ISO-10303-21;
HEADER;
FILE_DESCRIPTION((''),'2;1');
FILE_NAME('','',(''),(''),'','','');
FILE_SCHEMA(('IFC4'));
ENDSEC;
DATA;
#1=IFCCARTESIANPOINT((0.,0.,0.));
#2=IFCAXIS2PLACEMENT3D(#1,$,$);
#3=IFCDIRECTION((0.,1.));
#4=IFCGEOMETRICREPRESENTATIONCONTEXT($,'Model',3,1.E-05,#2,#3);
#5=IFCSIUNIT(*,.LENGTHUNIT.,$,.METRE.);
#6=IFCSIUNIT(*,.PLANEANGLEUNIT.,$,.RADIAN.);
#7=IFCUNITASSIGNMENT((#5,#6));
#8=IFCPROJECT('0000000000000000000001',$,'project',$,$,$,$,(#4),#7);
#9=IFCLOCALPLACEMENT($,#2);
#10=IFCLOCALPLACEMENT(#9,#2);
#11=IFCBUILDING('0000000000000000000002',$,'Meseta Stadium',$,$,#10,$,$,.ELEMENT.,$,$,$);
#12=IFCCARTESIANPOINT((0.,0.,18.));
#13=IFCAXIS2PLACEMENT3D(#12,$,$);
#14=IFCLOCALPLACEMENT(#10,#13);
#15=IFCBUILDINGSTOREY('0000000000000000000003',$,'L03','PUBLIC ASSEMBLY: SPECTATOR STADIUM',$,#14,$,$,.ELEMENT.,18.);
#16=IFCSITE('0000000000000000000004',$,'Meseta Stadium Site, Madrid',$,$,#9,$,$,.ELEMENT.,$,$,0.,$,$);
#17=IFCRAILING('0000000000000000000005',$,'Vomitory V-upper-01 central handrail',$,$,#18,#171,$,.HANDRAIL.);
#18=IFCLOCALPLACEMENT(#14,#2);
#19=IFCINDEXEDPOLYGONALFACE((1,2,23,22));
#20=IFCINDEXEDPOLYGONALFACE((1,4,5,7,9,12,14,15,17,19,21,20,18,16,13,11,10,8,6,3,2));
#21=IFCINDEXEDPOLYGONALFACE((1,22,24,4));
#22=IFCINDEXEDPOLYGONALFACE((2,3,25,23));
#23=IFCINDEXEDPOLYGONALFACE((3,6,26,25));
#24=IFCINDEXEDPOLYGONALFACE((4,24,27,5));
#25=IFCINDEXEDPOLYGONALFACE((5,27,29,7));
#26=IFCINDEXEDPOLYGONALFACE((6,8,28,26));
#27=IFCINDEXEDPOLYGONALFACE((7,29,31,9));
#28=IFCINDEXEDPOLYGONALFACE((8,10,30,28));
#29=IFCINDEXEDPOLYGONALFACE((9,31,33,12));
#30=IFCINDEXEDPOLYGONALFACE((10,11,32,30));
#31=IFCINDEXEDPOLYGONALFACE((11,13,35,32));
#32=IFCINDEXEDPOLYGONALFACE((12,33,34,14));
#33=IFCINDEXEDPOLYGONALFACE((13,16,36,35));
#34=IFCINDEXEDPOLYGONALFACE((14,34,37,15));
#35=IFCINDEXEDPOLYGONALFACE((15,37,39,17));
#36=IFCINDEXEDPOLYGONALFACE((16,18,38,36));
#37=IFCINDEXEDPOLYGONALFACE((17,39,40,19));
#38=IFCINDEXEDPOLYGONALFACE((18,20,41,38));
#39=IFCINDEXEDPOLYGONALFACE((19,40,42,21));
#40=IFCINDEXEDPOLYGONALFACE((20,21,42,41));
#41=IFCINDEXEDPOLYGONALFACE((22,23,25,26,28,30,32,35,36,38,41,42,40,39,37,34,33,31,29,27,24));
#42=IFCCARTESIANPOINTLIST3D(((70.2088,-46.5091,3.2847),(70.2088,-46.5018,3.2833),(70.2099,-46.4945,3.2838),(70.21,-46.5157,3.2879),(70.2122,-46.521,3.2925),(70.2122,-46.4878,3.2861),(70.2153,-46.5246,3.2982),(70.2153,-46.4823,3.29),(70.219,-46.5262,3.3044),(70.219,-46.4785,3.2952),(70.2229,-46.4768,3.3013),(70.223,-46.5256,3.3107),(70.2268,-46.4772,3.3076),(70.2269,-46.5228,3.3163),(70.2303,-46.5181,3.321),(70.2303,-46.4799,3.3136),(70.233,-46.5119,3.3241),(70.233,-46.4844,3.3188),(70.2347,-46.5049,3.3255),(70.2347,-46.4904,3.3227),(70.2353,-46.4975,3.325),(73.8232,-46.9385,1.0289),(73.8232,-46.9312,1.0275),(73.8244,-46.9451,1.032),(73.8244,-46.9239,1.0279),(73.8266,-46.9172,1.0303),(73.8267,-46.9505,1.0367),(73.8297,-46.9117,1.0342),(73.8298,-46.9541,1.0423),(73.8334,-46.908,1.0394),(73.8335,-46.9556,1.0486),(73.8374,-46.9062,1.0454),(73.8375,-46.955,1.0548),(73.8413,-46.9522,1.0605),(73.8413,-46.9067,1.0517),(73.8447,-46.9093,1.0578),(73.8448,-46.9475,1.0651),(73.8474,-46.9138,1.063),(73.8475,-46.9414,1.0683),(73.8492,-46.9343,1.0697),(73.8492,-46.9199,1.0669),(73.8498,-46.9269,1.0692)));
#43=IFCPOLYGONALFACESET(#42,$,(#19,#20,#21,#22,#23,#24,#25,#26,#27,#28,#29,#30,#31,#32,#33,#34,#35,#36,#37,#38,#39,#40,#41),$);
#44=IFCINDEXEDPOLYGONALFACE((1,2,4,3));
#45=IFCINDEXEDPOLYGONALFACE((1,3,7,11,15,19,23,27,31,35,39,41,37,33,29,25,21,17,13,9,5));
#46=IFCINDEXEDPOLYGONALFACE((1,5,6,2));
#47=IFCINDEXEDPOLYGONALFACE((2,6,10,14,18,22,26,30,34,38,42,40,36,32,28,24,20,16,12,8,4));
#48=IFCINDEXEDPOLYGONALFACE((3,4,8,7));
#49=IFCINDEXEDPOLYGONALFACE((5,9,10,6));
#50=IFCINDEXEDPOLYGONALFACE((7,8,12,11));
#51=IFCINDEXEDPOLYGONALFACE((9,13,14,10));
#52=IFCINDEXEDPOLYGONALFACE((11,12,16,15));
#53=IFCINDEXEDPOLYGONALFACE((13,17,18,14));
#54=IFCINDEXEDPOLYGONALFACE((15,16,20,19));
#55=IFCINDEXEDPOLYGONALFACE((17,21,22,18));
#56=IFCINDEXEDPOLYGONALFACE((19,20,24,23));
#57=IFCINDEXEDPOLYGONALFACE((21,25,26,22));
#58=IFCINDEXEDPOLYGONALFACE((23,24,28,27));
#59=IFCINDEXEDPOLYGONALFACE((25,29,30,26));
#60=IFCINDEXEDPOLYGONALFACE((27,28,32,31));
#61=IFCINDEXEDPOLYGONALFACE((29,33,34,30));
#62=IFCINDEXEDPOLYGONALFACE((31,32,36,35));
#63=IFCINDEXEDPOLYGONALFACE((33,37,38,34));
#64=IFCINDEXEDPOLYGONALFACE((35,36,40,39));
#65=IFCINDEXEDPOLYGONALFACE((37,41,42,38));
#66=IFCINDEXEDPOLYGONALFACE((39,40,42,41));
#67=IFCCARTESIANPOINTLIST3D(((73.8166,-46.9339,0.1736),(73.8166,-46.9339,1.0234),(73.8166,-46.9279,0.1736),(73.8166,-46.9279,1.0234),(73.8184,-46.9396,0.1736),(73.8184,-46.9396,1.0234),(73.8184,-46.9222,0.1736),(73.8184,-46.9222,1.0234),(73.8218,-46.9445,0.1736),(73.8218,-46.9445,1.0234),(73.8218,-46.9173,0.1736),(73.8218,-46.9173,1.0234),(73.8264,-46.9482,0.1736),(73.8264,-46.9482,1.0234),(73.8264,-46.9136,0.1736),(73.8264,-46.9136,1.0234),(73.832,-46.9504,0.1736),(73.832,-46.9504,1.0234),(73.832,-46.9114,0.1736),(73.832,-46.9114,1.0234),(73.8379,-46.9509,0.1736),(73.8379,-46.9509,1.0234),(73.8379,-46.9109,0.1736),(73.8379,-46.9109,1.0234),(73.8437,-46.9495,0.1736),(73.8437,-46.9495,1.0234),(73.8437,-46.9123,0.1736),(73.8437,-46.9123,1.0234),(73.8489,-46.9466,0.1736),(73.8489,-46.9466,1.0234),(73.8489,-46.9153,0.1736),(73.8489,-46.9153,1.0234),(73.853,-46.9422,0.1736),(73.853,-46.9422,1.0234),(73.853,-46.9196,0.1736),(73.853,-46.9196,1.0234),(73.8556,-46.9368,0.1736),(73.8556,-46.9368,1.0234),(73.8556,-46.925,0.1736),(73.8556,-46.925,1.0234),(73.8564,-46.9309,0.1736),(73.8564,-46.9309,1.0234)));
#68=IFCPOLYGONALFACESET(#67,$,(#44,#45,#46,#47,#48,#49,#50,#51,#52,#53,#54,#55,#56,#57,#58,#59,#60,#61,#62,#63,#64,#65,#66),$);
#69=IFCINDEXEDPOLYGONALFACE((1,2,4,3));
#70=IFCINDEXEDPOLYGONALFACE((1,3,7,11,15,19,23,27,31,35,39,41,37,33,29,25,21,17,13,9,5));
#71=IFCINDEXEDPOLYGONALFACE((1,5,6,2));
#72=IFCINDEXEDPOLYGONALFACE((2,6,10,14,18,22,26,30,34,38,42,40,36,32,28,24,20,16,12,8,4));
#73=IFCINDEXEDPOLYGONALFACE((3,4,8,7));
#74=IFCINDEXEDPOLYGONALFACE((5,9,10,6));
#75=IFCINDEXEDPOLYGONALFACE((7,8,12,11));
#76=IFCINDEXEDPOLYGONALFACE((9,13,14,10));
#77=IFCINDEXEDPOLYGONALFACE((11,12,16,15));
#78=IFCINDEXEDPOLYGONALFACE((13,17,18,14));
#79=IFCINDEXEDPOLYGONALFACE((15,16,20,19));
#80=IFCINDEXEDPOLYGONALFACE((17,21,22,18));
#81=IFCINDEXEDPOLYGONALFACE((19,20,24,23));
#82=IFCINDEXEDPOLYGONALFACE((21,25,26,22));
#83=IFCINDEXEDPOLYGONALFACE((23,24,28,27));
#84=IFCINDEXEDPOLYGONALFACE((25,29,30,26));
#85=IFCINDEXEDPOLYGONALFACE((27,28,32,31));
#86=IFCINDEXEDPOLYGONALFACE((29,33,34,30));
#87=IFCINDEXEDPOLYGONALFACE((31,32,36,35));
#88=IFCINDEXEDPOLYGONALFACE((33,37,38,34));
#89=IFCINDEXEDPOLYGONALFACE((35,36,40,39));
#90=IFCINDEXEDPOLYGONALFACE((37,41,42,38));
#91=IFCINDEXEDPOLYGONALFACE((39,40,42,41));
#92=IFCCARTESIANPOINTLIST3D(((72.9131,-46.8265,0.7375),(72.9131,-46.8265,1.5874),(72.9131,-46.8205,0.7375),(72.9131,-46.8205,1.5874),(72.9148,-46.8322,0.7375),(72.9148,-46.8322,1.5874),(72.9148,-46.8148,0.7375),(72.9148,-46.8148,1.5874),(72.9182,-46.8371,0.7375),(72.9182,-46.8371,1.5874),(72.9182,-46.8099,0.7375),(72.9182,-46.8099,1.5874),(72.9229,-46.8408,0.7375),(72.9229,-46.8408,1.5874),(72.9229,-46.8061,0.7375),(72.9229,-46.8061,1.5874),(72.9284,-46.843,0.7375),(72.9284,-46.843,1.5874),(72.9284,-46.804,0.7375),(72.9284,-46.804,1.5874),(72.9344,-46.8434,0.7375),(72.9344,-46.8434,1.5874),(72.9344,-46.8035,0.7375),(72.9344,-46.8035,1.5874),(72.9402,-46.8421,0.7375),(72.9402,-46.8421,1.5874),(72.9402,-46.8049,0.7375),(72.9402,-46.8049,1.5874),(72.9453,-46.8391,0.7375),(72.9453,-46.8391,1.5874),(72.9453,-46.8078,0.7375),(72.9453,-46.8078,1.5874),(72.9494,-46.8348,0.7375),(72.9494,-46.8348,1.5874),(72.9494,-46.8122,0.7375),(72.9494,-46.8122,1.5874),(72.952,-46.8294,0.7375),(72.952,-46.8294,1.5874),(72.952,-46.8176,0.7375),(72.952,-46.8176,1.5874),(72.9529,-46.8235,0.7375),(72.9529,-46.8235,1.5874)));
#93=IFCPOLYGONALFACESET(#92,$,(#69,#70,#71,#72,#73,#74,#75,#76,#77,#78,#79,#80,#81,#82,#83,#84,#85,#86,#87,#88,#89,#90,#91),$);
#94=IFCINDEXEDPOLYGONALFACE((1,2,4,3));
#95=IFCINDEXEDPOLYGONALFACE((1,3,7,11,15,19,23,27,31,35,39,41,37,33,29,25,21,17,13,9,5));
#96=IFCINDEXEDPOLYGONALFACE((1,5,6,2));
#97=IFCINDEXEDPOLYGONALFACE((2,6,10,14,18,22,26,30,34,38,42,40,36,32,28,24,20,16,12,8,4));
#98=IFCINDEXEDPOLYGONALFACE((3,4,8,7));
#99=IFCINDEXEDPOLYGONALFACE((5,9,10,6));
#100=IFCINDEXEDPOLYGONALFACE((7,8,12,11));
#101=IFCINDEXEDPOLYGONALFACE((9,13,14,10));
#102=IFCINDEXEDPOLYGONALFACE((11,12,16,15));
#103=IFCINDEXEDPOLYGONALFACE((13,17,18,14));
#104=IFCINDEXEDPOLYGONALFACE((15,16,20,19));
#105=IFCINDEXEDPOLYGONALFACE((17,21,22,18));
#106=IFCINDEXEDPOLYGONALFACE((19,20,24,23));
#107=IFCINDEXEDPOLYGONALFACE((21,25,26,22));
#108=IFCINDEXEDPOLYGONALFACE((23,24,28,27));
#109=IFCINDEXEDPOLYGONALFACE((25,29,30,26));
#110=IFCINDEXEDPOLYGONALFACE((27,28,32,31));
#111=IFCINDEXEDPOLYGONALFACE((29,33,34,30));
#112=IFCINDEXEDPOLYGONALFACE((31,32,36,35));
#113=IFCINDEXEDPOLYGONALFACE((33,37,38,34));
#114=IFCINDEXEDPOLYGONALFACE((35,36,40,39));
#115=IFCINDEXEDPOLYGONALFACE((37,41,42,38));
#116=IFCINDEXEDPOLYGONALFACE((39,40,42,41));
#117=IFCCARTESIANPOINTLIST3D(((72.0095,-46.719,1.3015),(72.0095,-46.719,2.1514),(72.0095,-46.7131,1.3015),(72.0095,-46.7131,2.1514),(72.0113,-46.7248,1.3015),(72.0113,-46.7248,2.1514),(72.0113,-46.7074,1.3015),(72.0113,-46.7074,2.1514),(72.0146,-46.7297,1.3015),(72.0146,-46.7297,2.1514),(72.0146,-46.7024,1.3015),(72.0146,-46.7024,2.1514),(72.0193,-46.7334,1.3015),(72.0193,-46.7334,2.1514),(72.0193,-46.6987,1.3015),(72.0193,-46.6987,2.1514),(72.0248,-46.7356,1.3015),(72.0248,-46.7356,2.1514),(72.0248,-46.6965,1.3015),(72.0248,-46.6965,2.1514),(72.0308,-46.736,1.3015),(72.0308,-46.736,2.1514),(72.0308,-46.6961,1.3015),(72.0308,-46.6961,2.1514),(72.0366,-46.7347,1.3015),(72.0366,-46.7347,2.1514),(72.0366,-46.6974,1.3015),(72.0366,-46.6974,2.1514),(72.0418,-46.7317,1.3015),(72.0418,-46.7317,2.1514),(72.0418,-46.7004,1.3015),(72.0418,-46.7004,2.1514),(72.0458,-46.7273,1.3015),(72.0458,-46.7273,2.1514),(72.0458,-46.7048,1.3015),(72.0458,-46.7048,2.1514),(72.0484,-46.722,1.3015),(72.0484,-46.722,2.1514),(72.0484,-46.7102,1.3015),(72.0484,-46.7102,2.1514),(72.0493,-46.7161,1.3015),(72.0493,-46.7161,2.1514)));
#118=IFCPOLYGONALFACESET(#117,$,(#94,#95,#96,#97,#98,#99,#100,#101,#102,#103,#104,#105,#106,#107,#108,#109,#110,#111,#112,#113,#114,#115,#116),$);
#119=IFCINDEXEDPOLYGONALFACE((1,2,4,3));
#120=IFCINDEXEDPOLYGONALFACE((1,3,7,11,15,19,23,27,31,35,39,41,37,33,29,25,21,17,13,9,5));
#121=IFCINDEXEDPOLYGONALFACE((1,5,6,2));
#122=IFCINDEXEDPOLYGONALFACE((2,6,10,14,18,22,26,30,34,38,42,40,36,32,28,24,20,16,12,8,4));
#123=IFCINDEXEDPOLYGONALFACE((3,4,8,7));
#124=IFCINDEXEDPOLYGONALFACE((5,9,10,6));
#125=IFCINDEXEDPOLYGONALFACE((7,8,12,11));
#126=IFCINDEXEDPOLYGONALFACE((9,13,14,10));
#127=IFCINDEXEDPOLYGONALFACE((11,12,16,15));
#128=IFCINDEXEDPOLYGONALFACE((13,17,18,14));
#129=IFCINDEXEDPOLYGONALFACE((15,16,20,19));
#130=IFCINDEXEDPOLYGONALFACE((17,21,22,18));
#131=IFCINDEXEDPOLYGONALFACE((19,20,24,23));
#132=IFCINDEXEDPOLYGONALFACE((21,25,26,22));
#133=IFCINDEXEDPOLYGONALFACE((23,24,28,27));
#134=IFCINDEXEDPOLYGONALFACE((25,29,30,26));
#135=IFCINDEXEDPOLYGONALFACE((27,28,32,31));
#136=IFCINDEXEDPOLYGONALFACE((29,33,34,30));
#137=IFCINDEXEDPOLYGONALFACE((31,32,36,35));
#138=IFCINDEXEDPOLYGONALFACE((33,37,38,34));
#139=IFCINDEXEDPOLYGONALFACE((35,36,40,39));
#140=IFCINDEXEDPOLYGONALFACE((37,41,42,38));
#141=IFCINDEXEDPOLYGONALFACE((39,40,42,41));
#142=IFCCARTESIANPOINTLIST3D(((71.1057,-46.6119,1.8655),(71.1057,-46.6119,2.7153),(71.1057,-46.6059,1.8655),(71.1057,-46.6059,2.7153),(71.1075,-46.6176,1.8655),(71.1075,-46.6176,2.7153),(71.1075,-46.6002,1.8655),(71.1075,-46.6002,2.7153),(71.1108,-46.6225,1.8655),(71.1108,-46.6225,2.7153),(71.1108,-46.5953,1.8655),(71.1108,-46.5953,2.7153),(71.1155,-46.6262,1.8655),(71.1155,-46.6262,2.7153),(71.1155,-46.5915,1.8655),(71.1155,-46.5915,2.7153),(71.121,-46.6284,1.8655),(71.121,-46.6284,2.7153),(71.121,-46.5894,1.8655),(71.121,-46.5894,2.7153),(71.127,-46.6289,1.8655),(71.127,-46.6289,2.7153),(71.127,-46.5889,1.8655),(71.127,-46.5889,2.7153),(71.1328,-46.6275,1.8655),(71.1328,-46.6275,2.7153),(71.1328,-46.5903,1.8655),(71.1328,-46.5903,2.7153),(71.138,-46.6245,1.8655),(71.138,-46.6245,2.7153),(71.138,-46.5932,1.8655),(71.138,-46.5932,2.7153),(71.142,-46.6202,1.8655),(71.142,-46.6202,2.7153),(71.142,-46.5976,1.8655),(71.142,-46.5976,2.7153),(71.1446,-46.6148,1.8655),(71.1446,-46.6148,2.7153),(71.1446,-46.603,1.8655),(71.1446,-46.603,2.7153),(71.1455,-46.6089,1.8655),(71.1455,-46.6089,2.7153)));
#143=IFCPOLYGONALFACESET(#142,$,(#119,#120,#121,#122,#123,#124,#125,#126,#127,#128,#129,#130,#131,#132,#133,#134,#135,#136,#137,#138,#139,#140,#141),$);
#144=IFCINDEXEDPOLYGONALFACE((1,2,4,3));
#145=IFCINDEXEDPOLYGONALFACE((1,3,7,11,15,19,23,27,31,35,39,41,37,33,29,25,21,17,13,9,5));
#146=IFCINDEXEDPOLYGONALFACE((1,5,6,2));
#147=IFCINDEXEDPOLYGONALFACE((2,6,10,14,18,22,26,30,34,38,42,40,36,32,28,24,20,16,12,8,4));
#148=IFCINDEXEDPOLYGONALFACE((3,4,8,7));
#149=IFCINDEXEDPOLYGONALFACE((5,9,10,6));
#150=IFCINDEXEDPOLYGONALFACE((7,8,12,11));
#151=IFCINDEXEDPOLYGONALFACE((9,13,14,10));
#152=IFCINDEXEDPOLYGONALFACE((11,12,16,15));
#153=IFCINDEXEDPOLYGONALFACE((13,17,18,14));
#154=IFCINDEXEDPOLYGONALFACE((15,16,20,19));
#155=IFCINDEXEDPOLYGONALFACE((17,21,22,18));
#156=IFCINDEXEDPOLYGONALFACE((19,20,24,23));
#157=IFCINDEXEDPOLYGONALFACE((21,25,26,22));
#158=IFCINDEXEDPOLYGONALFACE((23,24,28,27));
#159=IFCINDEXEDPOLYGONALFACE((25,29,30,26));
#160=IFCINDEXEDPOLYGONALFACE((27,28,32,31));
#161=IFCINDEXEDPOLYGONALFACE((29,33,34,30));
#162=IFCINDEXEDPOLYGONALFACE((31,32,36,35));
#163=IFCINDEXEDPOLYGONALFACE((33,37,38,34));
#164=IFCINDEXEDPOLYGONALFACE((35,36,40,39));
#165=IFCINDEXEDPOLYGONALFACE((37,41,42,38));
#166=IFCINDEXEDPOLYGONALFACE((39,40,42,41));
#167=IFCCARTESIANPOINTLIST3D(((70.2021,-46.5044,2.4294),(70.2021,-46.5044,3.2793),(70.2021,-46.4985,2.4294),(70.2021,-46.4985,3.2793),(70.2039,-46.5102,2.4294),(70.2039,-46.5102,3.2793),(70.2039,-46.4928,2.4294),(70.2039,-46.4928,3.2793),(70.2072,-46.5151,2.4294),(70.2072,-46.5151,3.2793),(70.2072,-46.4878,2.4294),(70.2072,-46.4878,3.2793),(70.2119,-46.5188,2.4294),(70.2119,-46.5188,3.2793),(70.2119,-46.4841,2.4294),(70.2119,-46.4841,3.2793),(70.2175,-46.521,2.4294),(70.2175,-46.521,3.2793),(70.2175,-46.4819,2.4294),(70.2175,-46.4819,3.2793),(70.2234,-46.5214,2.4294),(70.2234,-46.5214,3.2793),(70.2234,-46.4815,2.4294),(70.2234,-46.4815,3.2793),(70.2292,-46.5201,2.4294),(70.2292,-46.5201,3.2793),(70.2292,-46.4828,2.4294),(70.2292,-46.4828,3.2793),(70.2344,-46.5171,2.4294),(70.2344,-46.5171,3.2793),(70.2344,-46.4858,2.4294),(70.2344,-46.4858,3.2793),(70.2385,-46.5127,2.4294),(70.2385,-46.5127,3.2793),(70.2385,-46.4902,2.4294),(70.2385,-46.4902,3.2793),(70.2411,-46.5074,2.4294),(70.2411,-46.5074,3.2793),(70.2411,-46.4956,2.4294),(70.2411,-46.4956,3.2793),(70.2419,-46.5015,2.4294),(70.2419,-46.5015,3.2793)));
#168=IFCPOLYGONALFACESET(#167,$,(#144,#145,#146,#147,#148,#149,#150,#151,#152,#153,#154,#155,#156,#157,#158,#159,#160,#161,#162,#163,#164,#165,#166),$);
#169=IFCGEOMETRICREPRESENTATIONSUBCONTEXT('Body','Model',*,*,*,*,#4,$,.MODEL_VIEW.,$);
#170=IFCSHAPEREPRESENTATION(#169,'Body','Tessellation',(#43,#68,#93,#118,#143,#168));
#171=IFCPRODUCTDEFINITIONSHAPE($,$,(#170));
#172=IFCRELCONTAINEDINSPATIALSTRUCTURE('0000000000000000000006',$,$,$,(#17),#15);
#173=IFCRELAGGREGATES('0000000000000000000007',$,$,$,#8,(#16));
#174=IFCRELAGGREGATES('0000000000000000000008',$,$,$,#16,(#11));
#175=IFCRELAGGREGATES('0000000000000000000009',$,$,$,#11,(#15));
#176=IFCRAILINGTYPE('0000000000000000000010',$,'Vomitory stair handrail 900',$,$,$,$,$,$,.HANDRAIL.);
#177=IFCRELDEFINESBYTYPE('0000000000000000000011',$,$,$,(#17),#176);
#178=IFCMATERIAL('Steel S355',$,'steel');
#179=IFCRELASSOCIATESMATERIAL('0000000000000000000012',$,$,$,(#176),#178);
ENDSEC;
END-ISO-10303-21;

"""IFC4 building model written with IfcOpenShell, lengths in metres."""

from ifc_helpers import new_model, si_unit, direction, frame, origin, origin_2d, place, context, subcontext, project, spatial, circle, extrude, material, type_object, element, save


model = new_model("IFC4")

# Units and contexts
model_context = context("Model", 3, precision=1e-05, world=origin(), true_north=direction((0.0, 1.0)))
body_context = subcontext(model_context, "Body", "Model", "MODEL_VIEW")
ifc_project = project(units=[si_unit("LENGTHUNIT", "METRE"), si_unit("PLANEANGLEUNIT", "RADIAN")], contexts=[model_context])

# Site, building, storey
site_placement = place(None, origin())
site = spatial("IfcSite", under=ifc_project, at=site_placement, Name="Meseta Stadium Site, Madrid", CompositionType="ELEMENT", RefElevation=0.0)
building_placement = place(site_placement, origin())
building = spatial("IfcBuilding", under=site, at=building_placement, Name="Meseta Stadium", CompositionType="ELEMENT")
storey_placement = place(building_placement, frame((0.0, 0.0, 18.0)))
storey = spatial("IfcBuildingStorey", under=building, at=storey_placement, Name="L03", Description="PUBLIC ASSEMBLY: SPECTATOR STADIUM", CompositionType="ELEMENT", Elevation=18.0)

# Railing
ifc_material_1 = material(Name="Steel S355", Category="steel")
railing_type_1 = type_object("IfcRailingType", Name="Vomitory stair handrail 900", PredefinedType="HANDRAIL", material=ifc_material_1)
railing_1_placement = place(storey_placement, frame((73.8364, -46.9309, 0.1736)))
element("IfcRailing", 1, at=railing_1_placement, inside=storey, type_object=railing_type_1, Name="Vomitory V-upper-01 central handrail", PredefinedType="HANDRAIL", context=body_context, shape_type="SweptSolid", body=[
    extrude(circle(Radius=0.0249, at=origin_2d()), frame((0.0, 0.0, 0.875), z_axis=(-0.84406, 0.100284, 0.526789), x_axis=(-0.117981, -0.993016, 0.0)), (0.0, 0.0, 1.0), 4.2822),
    extrude(circle(Radius=0.02, at=origin_2d()), origin(), (0.0, 0.0, 1.0), 0.8499),
    extrude(circle(Radius=0.02, at=origin_2d()), frame((-0.9036, 0.1074, 0.564)), (0.0, 0.0, 1.0), 0.8499),
    extrude(circle(Radius=0.02, at=origin_2d()), frame((-1.8071, 0.2148, 1.1279)), (0.0, 0.0, 1.0), 0.8499),
    extrude(circle(Radius=0.02, at=origin_2d()), frame((-2.7109, 0.322, 1.6919)), (0.0, 0.0, 1.0), 0.8499),
    extrude(circle(Radius=0.02, at=origin_2d()), frame((-3.6145, 0.4294, 2.2559)), (0.0, 0.0, 1.0), 0.8499),
])

save(model, "model.ifc")
